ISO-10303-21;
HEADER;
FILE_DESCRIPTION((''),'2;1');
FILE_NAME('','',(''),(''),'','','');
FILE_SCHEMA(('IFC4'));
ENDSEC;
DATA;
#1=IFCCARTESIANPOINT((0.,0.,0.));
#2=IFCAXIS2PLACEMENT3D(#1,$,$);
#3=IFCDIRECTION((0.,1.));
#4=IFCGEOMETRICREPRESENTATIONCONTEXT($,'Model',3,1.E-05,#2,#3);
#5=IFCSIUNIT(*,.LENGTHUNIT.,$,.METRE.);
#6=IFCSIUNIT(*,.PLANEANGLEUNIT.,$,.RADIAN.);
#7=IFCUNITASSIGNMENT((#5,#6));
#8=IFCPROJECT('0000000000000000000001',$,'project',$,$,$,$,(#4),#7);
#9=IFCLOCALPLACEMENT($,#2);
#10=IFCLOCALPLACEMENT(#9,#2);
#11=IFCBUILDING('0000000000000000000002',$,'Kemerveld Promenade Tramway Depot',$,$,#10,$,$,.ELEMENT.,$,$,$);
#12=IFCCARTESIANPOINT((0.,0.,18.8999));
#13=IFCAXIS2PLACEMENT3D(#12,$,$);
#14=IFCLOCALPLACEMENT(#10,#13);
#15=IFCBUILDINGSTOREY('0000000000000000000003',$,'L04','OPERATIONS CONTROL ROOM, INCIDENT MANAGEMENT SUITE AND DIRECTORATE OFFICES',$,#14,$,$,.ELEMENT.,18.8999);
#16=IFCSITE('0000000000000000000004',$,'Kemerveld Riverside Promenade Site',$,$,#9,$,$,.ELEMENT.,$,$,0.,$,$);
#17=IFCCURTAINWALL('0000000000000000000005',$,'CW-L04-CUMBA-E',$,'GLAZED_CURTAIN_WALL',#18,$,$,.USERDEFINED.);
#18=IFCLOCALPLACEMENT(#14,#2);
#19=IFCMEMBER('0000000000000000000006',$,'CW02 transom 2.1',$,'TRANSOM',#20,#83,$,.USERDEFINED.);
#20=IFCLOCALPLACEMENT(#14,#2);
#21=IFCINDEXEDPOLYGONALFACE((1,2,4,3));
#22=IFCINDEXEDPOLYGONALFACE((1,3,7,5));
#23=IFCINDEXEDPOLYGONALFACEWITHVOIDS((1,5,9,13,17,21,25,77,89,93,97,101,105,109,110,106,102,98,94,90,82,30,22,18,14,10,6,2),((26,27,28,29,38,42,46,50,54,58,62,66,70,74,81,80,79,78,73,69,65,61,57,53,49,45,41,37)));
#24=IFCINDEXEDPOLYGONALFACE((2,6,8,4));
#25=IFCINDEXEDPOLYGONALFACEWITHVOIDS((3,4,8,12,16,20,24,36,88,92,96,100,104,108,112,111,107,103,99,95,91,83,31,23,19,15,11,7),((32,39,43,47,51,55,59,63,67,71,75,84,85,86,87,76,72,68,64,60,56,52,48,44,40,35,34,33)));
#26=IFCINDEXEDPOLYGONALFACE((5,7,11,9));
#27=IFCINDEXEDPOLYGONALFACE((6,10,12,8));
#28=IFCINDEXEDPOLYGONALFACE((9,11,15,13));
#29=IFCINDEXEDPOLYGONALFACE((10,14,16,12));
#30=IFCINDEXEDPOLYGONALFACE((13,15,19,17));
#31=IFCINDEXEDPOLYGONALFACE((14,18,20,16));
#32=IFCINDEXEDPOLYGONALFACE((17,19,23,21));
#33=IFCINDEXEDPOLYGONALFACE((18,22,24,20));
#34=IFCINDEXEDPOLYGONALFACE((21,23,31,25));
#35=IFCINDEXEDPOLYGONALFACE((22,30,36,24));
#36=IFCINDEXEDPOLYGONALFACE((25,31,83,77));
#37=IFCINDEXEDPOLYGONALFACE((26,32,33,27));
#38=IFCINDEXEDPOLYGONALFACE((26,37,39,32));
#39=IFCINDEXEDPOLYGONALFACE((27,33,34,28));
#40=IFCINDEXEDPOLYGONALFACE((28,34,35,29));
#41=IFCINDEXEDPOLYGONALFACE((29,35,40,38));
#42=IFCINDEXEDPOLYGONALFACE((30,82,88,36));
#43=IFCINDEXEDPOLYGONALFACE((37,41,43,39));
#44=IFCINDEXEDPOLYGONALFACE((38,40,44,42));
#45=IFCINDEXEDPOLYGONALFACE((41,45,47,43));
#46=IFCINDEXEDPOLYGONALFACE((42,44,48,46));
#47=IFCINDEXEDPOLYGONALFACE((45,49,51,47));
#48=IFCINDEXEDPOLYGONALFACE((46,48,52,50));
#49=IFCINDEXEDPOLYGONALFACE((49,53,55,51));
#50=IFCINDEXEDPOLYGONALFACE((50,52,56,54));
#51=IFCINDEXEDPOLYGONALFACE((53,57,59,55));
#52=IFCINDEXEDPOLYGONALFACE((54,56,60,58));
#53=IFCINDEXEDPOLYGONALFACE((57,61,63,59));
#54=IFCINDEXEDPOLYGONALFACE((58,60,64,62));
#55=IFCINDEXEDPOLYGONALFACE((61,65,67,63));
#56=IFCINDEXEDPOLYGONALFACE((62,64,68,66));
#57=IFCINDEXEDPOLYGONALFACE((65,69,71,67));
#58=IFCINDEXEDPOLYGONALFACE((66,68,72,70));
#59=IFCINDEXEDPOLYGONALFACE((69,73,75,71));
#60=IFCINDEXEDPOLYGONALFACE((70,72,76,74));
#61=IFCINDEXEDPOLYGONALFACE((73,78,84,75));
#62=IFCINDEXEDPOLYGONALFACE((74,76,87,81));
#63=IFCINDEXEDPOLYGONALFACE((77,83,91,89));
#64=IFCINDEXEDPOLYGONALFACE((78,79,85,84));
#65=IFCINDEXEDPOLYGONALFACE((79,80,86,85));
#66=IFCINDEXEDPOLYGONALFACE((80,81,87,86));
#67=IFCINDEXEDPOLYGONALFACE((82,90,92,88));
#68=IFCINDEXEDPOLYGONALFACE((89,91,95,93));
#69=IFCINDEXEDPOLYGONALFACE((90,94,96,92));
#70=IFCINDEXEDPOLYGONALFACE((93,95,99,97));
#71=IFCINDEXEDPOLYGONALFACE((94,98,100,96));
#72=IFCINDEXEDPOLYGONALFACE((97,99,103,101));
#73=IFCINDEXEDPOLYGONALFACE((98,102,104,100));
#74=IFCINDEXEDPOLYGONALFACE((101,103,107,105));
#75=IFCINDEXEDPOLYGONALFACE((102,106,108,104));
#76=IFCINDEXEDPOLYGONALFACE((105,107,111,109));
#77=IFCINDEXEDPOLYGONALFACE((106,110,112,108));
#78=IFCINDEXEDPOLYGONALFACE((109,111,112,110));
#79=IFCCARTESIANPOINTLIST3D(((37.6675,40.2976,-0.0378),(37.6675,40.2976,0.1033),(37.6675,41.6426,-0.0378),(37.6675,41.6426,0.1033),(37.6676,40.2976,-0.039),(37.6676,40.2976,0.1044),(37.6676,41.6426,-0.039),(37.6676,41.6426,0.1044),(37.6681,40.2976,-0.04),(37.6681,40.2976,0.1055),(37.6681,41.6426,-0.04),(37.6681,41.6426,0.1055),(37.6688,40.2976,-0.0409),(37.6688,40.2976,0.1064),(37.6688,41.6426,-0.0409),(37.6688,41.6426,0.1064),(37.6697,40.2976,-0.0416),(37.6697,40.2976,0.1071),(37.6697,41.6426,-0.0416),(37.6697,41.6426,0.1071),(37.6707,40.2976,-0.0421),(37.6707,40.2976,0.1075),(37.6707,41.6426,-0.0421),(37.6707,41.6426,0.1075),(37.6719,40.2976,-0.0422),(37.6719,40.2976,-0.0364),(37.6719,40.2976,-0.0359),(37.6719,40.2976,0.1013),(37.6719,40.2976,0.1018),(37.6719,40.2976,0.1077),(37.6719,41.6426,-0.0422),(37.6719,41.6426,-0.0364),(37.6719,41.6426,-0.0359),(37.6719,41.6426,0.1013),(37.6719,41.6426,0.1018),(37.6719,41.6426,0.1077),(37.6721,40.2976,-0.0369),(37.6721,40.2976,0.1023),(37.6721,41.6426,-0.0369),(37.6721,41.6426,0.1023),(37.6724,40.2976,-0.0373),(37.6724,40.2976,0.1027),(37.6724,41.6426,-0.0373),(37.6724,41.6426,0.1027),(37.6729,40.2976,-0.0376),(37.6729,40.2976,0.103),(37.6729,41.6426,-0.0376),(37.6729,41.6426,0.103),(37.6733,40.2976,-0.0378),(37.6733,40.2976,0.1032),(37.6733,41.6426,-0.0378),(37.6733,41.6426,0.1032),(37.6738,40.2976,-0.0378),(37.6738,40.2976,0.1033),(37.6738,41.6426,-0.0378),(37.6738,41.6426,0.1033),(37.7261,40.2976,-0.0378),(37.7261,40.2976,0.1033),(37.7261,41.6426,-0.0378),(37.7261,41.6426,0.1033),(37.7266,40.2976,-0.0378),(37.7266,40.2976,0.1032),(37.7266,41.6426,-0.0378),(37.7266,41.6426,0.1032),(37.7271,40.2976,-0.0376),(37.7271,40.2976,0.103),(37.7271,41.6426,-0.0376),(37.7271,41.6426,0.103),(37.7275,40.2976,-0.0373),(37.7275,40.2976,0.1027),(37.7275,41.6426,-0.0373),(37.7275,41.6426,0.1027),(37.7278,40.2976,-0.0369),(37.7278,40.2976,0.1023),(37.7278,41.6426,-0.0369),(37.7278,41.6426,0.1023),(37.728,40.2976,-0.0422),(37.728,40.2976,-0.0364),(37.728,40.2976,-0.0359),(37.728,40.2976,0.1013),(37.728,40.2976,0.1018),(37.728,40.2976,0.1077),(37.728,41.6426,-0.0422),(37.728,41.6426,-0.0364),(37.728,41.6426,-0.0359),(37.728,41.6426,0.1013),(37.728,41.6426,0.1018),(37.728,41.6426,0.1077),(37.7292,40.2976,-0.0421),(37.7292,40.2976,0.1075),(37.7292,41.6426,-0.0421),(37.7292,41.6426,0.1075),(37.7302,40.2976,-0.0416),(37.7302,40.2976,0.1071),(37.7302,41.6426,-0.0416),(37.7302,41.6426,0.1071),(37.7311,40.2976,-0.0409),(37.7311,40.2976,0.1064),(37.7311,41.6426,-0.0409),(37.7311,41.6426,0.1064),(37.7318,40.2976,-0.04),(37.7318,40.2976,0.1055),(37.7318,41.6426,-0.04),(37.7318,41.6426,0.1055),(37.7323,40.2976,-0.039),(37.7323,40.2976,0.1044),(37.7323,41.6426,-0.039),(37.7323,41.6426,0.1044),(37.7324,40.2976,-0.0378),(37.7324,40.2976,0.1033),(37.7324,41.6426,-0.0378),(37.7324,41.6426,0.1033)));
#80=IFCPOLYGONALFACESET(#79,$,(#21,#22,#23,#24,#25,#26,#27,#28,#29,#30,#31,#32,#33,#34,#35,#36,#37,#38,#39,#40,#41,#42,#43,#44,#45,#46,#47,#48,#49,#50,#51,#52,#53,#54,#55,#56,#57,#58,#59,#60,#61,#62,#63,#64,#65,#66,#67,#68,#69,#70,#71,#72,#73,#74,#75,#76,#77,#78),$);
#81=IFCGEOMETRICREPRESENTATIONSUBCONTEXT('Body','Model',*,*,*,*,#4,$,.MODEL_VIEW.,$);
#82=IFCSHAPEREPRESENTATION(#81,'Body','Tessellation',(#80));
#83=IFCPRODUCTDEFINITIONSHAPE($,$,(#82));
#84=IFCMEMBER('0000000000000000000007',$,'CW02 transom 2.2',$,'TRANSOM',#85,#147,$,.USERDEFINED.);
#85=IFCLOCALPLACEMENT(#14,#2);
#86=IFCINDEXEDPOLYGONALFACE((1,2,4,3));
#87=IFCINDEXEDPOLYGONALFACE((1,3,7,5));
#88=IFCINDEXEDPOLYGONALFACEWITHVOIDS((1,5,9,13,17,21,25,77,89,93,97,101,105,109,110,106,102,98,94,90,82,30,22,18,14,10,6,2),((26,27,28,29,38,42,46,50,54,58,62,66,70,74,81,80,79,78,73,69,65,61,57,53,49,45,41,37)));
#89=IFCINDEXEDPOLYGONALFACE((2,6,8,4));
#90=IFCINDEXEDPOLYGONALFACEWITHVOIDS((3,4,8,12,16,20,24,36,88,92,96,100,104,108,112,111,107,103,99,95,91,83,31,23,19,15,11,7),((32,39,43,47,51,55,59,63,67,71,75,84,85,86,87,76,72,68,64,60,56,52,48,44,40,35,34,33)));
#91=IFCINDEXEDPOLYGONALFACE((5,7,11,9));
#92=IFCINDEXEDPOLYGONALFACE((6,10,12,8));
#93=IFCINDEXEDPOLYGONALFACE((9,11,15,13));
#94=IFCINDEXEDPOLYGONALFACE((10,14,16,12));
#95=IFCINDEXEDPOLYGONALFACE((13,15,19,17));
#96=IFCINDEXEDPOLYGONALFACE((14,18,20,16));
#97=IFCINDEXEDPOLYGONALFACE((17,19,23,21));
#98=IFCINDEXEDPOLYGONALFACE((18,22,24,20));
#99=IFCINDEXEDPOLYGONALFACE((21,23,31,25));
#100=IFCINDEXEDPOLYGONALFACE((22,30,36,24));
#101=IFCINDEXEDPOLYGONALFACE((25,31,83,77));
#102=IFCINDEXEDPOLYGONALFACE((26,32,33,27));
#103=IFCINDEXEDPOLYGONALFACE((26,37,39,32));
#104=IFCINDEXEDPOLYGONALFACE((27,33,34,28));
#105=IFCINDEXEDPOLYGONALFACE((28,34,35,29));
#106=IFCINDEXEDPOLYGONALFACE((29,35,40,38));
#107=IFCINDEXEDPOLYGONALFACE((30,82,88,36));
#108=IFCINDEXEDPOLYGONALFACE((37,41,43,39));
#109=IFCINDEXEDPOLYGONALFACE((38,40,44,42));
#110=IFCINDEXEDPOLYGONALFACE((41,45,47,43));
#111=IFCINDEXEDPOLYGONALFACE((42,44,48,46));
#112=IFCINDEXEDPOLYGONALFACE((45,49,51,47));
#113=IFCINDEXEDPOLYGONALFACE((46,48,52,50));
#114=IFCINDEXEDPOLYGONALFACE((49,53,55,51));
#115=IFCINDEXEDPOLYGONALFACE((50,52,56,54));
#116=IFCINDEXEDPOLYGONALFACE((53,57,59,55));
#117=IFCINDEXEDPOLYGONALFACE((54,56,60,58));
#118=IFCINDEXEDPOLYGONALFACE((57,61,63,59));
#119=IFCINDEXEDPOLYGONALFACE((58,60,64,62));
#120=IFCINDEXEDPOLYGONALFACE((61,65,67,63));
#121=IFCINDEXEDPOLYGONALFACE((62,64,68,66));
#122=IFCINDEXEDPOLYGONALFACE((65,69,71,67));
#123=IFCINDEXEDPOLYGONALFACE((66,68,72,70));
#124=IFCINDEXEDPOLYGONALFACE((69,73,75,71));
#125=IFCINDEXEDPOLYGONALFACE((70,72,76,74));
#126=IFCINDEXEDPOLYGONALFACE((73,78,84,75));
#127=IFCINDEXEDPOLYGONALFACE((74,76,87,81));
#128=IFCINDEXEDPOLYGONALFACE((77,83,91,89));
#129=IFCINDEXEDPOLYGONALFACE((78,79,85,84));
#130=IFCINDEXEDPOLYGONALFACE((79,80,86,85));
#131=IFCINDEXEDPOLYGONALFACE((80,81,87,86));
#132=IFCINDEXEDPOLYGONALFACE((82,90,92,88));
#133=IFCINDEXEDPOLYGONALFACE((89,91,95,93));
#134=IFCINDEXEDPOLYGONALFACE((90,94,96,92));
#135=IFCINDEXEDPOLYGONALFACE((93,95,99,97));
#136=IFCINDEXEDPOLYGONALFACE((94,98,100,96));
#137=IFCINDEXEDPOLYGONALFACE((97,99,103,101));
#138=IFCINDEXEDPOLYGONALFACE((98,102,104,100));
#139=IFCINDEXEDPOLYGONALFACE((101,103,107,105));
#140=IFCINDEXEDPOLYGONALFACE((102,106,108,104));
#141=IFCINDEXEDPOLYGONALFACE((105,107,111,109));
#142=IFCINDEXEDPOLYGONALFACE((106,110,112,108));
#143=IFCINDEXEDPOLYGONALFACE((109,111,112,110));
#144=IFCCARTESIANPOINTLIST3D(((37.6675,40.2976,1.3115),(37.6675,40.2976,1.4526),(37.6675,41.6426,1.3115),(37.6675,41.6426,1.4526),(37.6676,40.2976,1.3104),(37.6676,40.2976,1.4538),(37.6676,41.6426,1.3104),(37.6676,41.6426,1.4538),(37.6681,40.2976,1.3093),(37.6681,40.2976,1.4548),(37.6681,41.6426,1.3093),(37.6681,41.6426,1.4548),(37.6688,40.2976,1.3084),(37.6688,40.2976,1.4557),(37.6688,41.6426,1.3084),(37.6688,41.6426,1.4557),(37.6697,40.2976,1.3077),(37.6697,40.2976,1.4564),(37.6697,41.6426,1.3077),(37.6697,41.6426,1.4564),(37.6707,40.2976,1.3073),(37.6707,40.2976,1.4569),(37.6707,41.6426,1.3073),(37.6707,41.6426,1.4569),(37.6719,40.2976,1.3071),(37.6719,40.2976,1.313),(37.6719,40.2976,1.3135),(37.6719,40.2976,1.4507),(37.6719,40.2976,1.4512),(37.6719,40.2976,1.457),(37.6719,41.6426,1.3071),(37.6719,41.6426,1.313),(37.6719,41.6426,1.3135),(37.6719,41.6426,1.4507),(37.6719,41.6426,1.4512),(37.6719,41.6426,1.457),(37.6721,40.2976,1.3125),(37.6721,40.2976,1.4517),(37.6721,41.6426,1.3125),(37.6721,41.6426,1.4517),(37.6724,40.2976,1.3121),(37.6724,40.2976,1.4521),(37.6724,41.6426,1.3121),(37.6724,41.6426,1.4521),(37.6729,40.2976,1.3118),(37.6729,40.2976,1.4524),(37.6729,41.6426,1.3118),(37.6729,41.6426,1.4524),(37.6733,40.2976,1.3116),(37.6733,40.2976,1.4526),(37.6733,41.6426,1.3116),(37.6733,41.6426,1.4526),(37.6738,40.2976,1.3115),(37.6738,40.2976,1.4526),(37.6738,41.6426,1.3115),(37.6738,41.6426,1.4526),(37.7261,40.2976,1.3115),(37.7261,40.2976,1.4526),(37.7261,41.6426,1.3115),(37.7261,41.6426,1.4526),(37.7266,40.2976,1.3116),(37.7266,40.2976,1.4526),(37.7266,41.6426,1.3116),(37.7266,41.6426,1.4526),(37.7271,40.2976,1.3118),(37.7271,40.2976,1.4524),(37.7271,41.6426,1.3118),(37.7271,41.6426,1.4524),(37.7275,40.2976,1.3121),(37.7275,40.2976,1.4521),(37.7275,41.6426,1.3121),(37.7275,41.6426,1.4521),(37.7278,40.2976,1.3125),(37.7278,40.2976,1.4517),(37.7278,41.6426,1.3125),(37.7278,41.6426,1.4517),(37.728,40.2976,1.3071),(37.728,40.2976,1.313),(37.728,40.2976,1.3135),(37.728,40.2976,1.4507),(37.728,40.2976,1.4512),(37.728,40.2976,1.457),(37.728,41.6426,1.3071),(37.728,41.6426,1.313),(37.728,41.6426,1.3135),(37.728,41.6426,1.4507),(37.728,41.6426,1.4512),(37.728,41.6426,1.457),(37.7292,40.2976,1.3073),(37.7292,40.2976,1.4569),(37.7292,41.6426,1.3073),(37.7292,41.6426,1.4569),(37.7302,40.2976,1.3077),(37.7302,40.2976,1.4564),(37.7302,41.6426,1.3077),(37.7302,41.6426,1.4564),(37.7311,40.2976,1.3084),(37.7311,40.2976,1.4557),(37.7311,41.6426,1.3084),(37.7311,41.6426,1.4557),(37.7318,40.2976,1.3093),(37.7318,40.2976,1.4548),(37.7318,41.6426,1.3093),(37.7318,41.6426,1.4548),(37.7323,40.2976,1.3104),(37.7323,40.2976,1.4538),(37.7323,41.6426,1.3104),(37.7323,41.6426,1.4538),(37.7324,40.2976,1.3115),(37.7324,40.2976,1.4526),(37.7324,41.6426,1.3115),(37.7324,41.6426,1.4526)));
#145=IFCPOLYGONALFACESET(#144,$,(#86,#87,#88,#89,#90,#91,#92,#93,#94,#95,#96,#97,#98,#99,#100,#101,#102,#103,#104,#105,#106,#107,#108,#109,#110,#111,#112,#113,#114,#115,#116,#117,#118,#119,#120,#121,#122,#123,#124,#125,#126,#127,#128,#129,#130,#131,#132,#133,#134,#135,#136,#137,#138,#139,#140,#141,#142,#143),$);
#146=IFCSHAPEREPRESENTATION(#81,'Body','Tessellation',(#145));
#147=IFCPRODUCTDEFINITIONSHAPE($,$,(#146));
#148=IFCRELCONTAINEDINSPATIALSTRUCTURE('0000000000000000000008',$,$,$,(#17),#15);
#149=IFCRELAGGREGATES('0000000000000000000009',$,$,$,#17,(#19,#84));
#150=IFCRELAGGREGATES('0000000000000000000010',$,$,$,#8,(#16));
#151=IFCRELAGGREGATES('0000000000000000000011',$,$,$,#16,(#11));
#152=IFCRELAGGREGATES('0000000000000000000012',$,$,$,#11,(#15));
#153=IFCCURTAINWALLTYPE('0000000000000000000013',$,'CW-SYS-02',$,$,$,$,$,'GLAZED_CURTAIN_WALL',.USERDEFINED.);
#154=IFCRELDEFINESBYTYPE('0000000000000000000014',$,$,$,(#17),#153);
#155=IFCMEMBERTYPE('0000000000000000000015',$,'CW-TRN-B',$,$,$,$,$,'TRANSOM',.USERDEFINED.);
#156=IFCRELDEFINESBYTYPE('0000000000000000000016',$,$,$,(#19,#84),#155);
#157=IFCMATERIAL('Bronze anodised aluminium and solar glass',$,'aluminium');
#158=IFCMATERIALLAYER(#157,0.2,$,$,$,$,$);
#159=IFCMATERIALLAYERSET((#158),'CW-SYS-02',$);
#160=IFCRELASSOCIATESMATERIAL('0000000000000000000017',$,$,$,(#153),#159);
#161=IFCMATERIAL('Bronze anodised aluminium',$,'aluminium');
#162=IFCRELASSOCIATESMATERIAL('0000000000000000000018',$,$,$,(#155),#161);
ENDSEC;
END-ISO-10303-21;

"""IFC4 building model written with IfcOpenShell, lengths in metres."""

from ifc_helpers import new_model, si_unit, direction, frame, origin, origin_2d, place, context, subcontext, project, spatial, hollow_rectangle, extrude, material, layer, layer_set, material_profile, profile_set, type_object, element, aggregate, save


model = new_model("IFC4")

# Units and contexts
model_context = context("Model", 3, precision=1e-05, world=origin(), true_north=direction((0.0, 1.0)))
body_context = subcontext(model_context, "Body", "Model", "MODEL_VIEW")
ifc_project = project(units=[si_unit("LENGTHUNIT", "METRE"), si_unit("PLANEANGLEUNIT", "RADIAN")], contexts=[model_context])

# Site, building, storey
site_placement = place(None, origin())
site = spatial("IfcSite", under=ifc_project, at=site_placement, Name="Kemerveld Riverside Promenade Site", CompositionType="ELEMENT", RefElevation=0.0)
building_placement = place(site_placement, origin())
building = spatial("IfcBuilding", under=site, at=building_placement, Name="Kemerveld Promenade Tramway Depot", CompositionType="ELEMENT")
storey_placement = place(building_placement, frame((0.0, 0.0, 18.8999)))
storey = spatial("IfcBuildingStorey", under=building, at=storey_placement, Name="L04", Description="OPERATIONS CONTROL ROOM, INCIDENT MANAGEMENT SUITE AND DIRECTORATE OFFICES", CompositionType="ELEMENT", Elevation=18.8999)

# Curtain wall, members
ifc_material_1 = material(Name="Bronze anodised aluminium and solar glass", Category="aluminium")
ifc_layer_1 = layer(ifc_material_1, 0.2)
ifc_layer_set_1 = layer_set([ifc_layer_1], Name="CW-SYS-02")
curtain_wall_type = type_object("IfcCurtainWallType", Name="CW-SYS-02", ElementType="GLAZED_CURTAIN_WALL", PredefinedType="USERDEFINED", material=ifc_layer_set_1)
curtain_wall_placement = place(storey_placement, origin())
curtain_wall = element("IfcCurtainWall", 1, at=curtain_wall_placement, inside=storey, type_object=curtain_wall_type, Name="CW-L04-CUMBA-E", ObjectType="GLAZED_CURTAIN_WALL", PredefinedType="USERDEFINED")
ifc_material_2 = material(Name="Bronze anodised aluminium", Category="aluminium")
ifc_material_profile_1 = material_profile(ifc_material_2, hollow_rectangle(XDim=0.0649, YDim=0.1499, WallThickness=0.0044, InnerFilletRadius=0.002, OuterFilletRadius=0.0044, at=origin_2d()), Name="CW-TRN-150x65")
ifc_profile_set_1 = profile_set([ifc_material_profile_1], Name="Bronze anodised aluminium")
member_type_1 = type_object("IfcMemberType", Name="CW-TRN-B", ElementType="TRANSOM", PredefinedType="USERDEFINED", material=ifc_profile_set_1)
member_1_placement = place(storey_placement, frame((37.7, 41.6426, 0.0327), z_axis=(0.0, -1.0, 0.0), x_axis=(1.0, 0.0, 0.0)))
member_1 = element("IfcMember", 2, at=member_1_placement, type_object=member_type_1, Name="CW02 transom 2.1", ObjectType="TRANSOM", PredefinedType="USERDEFINED", context=body_context, shape_type="SweptSolid", body=[
    extrude(hollow_rectangle(XDim=0.0649, YDim=0.1499, WallThickness=0.0044, InnerFilletRadius=0.002, OuterFilletRadius=0.0044, at=origin_2d()), origin(), (0.0, 0.0, 1.0), 1.345),
])
member_2_placement = place(storey_placement, frame((37.7, 41.6426, 1.3821), z_axis=(0.0, -1.0, 0.0), x_axis=(1.0, 0.0, 0.0)))
member_2 = element("IfcMember", 3, at=member_2_placement, type_object=member_type_1, Name="CW02 transom 2.2", ObjectType="TRANSOM", PredefinedType="USERDEFINED", context=body_context, shape_type="SweptSolid", body=[
    extrude(hollow_rectangle(XDim=0.0649, YDim=0.1499, WallThickness=0.0044, InnerFilletRadius=0.002, OuterFilletRadius=0.0044, at=origin_2d()), origin(), (0.0, 0.0, 1.0), 1.345),
])
aggregate(curtain_wall, [member_1, member_2])

save(model, "model.ifc")
